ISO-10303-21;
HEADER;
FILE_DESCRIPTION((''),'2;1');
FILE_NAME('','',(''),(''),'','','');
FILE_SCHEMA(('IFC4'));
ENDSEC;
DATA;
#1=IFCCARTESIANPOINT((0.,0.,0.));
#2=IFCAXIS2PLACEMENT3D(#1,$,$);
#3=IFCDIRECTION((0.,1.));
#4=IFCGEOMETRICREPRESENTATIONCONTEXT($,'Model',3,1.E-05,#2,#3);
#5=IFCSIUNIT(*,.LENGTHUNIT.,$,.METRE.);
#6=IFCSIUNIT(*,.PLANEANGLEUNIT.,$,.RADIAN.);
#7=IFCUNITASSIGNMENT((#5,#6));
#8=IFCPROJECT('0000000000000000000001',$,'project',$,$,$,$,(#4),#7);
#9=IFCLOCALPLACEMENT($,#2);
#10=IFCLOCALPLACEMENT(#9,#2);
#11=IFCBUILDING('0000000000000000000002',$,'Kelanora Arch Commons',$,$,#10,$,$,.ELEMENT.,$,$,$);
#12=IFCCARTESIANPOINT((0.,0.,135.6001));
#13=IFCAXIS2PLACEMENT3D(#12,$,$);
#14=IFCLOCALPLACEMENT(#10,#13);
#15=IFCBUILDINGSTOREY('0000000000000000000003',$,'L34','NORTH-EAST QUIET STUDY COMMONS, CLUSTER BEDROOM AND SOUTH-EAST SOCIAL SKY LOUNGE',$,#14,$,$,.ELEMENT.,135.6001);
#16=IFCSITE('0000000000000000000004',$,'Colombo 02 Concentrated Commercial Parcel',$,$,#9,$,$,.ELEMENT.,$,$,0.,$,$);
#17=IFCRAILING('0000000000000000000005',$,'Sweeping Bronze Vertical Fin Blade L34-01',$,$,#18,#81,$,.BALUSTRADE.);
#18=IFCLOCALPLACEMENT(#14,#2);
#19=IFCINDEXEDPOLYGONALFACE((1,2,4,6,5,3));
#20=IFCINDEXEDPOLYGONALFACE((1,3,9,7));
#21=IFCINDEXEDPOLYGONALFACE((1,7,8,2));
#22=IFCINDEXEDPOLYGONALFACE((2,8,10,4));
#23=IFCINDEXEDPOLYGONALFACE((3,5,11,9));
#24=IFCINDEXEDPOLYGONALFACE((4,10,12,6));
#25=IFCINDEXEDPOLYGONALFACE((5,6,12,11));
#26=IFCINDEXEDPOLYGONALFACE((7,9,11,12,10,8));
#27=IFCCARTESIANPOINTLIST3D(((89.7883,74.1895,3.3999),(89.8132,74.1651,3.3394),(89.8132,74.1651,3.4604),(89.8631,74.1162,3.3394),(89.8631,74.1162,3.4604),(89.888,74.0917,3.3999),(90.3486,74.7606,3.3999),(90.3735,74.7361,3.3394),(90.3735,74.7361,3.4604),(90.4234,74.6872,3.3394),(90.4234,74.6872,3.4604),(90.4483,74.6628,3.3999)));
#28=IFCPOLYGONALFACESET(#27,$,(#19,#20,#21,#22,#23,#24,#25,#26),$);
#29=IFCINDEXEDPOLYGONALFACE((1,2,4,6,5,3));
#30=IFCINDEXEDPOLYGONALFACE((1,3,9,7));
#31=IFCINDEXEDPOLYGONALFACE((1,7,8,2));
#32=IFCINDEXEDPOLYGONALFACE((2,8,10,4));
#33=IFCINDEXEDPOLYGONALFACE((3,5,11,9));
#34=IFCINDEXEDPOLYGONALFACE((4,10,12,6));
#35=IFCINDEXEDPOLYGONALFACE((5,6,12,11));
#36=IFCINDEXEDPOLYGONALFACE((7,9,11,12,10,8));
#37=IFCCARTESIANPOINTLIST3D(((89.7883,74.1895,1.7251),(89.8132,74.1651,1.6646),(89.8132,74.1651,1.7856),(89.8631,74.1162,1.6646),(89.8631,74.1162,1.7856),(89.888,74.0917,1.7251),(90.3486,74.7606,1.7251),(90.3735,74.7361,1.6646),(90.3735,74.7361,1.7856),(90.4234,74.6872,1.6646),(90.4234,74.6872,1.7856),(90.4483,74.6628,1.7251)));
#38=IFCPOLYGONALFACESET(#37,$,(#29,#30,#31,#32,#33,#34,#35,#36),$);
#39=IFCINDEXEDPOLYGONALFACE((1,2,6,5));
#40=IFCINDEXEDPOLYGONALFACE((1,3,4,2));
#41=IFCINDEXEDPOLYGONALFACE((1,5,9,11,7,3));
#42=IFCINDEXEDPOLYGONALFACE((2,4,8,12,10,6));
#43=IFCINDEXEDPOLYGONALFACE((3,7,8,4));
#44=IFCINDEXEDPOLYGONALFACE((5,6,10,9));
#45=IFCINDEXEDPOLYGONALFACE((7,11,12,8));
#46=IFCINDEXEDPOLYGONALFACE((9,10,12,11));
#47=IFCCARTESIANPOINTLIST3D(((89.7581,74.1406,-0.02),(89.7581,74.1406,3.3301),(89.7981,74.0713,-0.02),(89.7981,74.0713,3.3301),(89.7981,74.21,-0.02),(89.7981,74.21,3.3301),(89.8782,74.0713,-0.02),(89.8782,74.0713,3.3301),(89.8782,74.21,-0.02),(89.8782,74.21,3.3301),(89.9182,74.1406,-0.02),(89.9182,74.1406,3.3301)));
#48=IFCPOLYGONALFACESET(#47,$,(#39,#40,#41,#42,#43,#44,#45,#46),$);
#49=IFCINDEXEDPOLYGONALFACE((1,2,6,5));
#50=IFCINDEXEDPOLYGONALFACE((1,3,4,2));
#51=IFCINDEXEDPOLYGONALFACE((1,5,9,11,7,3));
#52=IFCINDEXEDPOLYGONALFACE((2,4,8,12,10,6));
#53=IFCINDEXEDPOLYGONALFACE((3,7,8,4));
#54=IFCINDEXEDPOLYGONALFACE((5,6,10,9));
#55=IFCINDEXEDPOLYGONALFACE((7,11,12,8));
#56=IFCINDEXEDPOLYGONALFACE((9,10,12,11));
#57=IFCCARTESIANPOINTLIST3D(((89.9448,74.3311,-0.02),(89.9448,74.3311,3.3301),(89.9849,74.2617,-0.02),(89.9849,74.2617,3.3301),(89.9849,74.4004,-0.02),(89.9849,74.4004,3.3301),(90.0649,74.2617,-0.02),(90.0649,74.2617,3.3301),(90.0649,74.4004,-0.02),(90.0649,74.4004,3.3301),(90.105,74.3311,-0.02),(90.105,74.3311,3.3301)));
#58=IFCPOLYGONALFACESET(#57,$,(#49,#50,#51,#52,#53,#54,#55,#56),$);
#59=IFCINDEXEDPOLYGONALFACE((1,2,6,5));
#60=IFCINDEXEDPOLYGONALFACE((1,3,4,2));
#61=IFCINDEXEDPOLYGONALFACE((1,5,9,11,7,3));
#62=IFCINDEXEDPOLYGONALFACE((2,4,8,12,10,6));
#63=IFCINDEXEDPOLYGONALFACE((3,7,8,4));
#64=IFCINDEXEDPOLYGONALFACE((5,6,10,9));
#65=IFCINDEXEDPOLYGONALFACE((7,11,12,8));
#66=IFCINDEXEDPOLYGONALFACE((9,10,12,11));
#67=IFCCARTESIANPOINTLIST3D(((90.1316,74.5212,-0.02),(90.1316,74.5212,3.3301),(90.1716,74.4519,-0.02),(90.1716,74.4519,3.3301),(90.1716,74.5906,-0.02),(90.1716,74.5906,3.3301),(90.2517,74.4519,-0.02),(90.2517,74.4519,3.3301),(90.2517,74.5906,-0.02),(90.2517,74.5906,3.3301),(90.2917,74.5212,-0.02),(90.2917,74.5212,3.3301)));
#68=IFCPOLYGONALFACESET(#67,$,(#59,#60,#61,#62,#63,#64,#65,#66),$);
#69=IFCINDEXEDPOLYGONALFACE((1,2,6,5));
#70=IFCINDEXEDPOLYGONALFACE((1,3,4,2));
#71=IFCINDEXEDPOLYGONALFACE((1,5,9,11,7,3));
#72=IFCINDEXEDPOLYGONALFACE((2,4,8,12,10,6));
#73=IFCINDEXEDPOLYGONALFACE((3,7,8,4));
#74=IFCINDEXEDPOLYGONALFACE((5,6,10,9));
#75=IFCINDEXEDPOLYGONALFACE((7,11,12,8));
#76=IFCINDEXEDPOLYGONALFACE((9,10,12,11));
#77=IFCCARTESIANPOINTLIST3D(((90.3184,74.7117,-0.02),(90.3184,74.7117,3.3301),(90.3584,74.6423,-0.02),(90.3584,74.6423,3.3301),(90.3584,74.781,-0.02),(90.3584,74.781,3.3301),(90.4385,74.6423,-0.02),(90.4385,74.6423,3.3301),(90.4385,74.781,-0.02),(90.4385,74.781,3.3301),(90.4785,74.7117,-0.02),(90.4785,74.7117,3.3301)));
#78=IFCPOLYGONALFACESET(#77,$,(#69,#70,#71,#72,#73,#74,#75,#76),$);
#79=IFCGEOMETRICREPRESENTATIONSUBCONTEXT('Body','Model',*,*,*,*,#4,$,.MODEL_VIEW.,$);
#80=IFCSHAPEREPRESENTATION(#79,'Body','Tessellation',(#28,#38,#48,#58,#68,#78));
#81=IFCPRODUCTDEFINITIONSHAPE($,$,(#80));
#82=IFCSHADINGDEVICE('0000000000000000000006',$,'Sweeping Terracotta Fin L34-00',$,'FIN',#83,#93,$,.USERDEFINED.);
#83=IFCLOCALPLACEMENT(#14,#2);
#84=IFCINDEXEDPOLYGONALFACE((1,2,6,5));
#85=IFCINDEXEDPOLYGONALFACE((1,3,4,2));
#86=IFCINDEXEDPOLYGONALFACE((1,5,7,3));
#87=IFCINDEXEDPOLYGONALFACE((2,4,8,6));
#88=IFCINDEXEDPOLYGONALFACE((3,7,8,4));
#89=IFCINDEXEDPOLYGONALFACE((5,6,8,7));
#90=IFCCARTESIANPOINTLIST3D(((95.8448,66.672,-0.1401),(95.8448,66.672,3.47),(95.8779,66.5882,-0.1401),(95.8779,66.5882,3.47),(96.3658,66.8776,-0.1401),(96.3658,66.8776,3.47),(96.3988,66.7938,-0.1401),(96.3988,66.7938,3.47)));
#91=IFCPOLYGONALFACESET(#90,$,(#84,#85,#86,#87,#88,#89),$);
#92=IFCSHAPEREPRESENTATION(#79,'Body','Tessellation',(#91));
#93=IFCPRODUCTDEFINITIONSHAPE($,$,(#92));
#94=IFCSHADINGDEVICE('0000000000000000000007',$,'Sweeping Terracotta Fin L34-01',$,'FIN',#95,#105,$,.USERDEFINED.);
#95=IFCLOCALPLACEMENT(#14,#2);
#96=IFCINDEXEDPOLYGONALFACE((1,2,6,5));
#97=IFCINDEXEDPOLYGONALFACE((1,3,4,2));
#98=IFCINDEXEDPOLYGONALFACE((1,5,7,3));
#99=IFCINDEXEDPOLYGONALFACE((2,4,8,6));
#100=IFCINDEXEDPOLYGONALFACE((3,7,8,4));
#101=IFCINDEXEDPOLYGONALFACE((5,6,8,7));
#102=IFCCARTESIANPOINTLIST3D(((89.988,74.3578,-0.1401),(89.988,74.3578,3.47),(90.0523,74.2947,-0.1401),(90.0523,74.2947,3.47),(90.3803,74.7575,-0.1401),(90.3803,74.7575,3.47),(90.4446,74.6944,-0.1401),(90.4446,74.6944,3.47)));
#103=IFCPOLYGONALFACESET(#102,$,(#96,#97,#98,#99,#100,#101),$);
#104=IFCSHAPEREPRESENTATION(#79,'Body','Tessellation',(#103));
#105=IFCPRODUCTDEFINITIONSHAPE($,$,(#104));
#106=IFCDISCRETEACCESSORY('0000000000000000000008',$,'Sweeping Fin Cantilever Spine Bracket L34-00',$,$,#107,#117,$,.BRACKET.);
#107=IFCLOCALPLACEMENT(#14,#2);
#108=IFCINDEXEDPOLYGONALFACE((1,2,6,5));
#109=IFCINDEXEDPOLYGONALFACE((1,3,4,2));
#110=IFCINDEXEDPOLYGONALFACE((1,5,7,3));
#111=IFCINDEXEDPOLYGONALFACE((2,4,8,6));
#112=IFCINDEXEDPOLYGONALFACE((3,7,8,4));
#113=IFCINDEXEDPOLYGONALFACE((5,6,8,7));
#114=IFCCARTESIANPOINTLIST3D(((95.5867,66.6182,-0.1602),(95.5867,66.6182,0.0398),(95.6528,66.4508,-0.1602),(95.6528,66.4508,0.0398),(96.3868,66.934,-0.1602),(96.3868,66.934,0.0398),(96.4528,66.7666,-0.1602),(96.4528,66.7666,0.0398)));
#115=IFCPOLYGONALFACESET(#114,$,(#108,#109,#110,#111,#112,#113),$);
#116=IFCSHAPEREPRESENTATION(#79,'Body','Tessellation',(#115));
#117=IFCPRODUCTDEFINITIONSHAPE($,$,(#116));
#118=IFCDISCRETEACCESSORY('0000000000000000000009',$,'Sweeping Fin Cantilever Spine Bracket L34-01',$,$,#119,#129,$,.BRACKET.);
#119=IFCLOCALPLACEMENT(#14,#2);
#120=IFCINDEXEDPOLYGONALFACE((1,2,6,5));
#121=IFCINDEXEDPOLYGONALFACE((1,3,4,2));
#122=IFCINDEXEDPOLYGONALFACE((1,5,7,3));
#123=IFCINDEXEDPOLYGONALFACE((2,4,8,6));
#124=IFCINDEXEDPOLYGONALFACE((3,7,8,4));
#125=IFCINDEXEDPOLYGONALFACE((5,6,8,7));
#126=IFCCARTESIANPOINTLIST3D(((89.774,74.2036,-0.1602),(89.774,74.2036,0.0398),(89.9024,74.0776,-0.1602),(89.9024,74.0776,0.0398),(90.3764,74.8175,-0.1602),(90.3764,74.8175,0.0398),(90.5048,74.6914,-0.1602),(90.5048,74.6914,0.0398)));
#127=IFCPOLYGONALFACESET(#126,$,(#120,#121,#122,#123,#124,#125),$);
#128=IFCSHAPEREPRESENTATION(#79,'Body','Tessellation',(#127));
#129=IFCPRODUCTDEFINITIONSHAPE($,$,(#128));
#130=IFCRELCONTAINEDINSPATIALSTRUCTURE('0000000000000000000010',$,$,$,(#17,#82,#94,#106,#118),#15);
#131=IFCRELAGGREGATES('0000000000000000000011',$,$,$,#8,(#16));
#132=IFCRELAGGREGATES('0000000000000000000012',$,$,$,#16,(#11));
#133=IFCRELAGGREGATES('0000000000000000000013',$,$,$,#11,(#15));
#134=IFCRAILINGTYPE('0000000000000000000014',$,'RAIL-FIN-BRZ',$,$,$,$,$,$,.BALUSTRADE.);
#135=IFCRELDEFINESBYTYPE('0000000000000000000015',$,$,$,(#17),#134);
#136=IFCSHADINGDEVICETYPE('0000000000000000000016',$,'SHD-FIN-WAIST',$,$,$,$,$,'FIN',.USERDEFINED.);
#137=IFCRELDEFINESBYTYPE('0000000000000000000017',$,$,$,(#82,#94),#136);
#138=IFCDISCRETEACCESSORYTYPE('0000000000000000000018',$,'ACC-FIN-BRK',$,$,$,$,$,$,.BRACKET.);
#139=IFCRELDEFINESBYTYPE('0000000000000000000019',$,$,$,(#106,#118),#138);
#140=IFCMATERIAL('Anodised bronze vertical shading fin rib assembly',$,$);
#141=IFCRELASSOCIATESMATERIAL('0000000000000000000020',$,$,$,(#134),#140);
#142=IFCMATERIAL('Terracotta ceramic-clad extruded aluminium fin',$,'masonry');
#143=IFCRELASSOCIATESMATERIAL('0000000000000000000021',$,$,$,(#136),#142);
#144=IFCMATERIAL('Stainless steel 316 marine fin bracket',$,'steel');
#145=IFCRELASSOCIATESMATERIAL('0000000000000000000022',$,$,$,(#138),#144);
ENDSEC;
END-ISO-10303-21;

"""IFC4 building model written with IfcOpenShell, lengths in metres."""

from ifc_helpers import new_model, si_unit, direction, frame, origin, origin_2d, place, context, subcontext, project, spatial, polyline, rectangle, outline, extrude, source, transform, mapped, material, type_object, element, save


model = new_model("IFC4")

# Units and contexts
model_context = context("Model", 3, precision=1e-05, world=origin(), true_north=direction((0.0, 1.0)))
body_context = subcontext(model_context, "Body", "Model", "MODEL_VIEW")
ifc_project = project(units=[si_unit("LENGTHUNIT", "METRE"), si_unit("PLANEANGLEUNIT", "RADIAN")], contexts=[model_context])

# Site, building, storey
site_placement = place(None, origin())
site = spatial("IfcSite", under=ifc_project, at=site_placement, Name="Colombo 02 Concentrated Commercial Parcel", CompositionType="ELEMENT", RefElevation=0.0)
building_placement = place(site_placement, origin())
building = spatial("IfcBuilding", under=site, at=building_placement, Name="Kelanora Arch Commons", CompositionType="ELEMENT")
storey_placement = place(building_placement, frame((0.0, 0.0, 135.6001)))
storey = spatial("IfcBuildingStorey", under=building, at=storey_placement, Name="L34", Description="NORTH-EAST QUIET STUDY COMMONS, CLUSTER BEDROOM AND SOUTH-EAST SOCIAL SKY LOUNGE", CompositionType="ELEMENT", Elevation=135.6001)

# Railing
ifc_material_1 = material(Name="Anodised bronze vertical shading fin rib assembly")
railing_type = type_object("IfcRailingType", Name="RAIL-FIN-BRZ", PredefinedType="BALUSTRADE", material=ifc_material_1)
railing_1_placement = place(storey_placement, frame((89.8381, 74.1406, -0.02)))
element("IfcRailing", 1, at=railing_1_placement, inside=storey, type_object=railing_type, Name="Sweeping Bronze Vertical Fin Blade L34-01", PredefinedType="BALUSTRADE", context=body_context, shape_type="SweptSolid", body=[
    extrude(outline(polyline([(0.0698, 0.0), (0.0349, 0.0605), (-0.0349, 0.0605), (-0.0698, 0.0), (-0.0349, -0.0605), (0.0349, -0.0605), (0.0698, 0.0)])), frame((0.0, 0.0, 3.4199), z_axis=(0.700361, 0.713789, 0.0), x_axis=(-0.713789, 0.700361, 0.0)), (0.0, 0.0, 1.0), 0.8),
    extrude(outline(polyline([(0.0698, 0.0), (0.0349, 0.0605), (-0.0349, 0.0605), (-0.0698, 0.0), (-0.0349, -0.0605), (0.0349, -0.0605), (0.0698, 0.0)])), frame((0.0, 0.0, 1.7451), z_axis=(0.700361, 0.713789, 0.0), x_axis=(-0.713789, 0.700361, 0.0)), (0.0, 0.0, 1.0), 0.8),
    extrude(outline(polyline([(0.0801, 0.0), (0.04, 0.0693), (-0.04, 0.0693), (-0.0801, 0.0), (-0.04, -0.0693), (0.04, -0.0693), (0.0801, 0.0)])), origin(), (0.0, 0.0, 1.0), 3.3501),
    extrude(outline(polyline([(0.0801, 0.0), (0.04, 0.0693), (-0.04, 0.0693), (-0.0801, 0.0), (-0.04, -0.0693), (0.04, -0.0693), (0.0801, 0.0)])), frame((0.1868, 0.1904, 0.0)), (0.0, 0.0, 1.0), 3.3501),
    extrude(outline(polyline([(0.0801, 0.0), (0.04, 0.0693), (-0.04, 0.0693), (-0.0801, 0.0), (-0.04, -0.0693), (0.04, -0.0693), (0.0801, 0.0)])), frame((0.3735, 0.3806, 0.0)), (0.0, 0.0, 1.0), 3.3501),
    extrude(outline(polyline([(0.0801, 0.0), (0.04, 0.0693), (-0.04, 0.0693), (-0.0801, 0.0), (-0.04, -0.0693), (0.04, -0.0693), (0.0801, 0.0)])), frame((0.5603, 0.571, 0.0)), (0.0, 0.0, 1.0), 3.3501),
])

# Shading devices
ifc_material_2 = material(Name="Terracotta ceramic-clad extruded aluminium fin", Category="masonry")
shading_device_type = type_object("IfcShadingDeviceType", Name="SHD-FIN-WAIST", ElementType="FIN", PredefinedType="USERDEFINED", material=ifc_material_2)
shared_shape_1 = source(origin(), body_context, "Body", "SweptSolid", [
    extrude(rectangle(XDim=0.5601, YDim=0.0901, at=origin_2d()), origin(), (0.0, 0.0, 1.0), 3.6101),
])
for number, where, z_axis, x_axis, name in (
    (2, (96.1218, 66.7329, -0.1401), (0.0, 0.0, 1.0), (0.930161, 0.367151, 0.0), "Sweeping Terracotta Fin L34-00"),
    (3, (90.2163, 74.5261, -0.1401), (0.0, 0.0, 1.0), (0.700411, 0.71374, 0.0), "Sweeping Terracotta Fin L34-01"),
):
    element("IfcShadingDevice", number, at=place(storey_placement, frame(where, z_axis=z_axis, x_axis=x_axis)), inside=storey, type_object=shading_device_type, Name=name, ObjectType="FIN", PredefinedType="USERDEFINED", context=body_context, shape_type="MappedRepresentation", body=[
        mapped(shared_shape_1, transform((0.0, 0.0, 0.0), scale=1.0)),
    ])

# Discrete accessories
ifc_material_3 = material(Name="Stainless steel 316 marine fin bracket", Category="steel")
discrete_accessory_type = type_object("IfcDiscreteAccessoryType", Name="ACC-FIN-BRK", PredefinedType="BRACKET", material=ifc_material_3)
shared_shape_2 = source(origin(), body_context, "Body", "SweptSolid", [
    extrude(rectangle(XDim=0.8601, YDim=0.1799, at=origin_2d()), origin(), (0.0, 0.0, 1.0), 0.2),
])
for number, where, z_axis, x_axis, name in (
    (4, (96.0198, 66.6924, -0.1602), (0.0, 0.0, 1.0), (0.930161, 0.367151, 0.0), "Sweeping Fin Cantilever Spine Bracket L34-00"),
    (5, (90.1394, 74.4475, -0.1602), (0.0, 0.0, 1.0), (0.700411, 0.71374, 0.0), "Sweeping Fin Cantilever Spine Bracket L34-01"),
):
    element("IfcDiscreteAccessory", number, at=place(storey_placement, frame(where, z_axis=z_axis, x_axis=x_axis)), inside=storey, type_object=discrete_accessory_type, Name=name, PredefinedType="BRACKET", context=body_context, shape_type="MappedRepresentation", body=[
        mapped(shared_shape_2, transform((0.0, 0.0, 0.0), scale=1.0)),
    ])

save(model, "model.ifc")
